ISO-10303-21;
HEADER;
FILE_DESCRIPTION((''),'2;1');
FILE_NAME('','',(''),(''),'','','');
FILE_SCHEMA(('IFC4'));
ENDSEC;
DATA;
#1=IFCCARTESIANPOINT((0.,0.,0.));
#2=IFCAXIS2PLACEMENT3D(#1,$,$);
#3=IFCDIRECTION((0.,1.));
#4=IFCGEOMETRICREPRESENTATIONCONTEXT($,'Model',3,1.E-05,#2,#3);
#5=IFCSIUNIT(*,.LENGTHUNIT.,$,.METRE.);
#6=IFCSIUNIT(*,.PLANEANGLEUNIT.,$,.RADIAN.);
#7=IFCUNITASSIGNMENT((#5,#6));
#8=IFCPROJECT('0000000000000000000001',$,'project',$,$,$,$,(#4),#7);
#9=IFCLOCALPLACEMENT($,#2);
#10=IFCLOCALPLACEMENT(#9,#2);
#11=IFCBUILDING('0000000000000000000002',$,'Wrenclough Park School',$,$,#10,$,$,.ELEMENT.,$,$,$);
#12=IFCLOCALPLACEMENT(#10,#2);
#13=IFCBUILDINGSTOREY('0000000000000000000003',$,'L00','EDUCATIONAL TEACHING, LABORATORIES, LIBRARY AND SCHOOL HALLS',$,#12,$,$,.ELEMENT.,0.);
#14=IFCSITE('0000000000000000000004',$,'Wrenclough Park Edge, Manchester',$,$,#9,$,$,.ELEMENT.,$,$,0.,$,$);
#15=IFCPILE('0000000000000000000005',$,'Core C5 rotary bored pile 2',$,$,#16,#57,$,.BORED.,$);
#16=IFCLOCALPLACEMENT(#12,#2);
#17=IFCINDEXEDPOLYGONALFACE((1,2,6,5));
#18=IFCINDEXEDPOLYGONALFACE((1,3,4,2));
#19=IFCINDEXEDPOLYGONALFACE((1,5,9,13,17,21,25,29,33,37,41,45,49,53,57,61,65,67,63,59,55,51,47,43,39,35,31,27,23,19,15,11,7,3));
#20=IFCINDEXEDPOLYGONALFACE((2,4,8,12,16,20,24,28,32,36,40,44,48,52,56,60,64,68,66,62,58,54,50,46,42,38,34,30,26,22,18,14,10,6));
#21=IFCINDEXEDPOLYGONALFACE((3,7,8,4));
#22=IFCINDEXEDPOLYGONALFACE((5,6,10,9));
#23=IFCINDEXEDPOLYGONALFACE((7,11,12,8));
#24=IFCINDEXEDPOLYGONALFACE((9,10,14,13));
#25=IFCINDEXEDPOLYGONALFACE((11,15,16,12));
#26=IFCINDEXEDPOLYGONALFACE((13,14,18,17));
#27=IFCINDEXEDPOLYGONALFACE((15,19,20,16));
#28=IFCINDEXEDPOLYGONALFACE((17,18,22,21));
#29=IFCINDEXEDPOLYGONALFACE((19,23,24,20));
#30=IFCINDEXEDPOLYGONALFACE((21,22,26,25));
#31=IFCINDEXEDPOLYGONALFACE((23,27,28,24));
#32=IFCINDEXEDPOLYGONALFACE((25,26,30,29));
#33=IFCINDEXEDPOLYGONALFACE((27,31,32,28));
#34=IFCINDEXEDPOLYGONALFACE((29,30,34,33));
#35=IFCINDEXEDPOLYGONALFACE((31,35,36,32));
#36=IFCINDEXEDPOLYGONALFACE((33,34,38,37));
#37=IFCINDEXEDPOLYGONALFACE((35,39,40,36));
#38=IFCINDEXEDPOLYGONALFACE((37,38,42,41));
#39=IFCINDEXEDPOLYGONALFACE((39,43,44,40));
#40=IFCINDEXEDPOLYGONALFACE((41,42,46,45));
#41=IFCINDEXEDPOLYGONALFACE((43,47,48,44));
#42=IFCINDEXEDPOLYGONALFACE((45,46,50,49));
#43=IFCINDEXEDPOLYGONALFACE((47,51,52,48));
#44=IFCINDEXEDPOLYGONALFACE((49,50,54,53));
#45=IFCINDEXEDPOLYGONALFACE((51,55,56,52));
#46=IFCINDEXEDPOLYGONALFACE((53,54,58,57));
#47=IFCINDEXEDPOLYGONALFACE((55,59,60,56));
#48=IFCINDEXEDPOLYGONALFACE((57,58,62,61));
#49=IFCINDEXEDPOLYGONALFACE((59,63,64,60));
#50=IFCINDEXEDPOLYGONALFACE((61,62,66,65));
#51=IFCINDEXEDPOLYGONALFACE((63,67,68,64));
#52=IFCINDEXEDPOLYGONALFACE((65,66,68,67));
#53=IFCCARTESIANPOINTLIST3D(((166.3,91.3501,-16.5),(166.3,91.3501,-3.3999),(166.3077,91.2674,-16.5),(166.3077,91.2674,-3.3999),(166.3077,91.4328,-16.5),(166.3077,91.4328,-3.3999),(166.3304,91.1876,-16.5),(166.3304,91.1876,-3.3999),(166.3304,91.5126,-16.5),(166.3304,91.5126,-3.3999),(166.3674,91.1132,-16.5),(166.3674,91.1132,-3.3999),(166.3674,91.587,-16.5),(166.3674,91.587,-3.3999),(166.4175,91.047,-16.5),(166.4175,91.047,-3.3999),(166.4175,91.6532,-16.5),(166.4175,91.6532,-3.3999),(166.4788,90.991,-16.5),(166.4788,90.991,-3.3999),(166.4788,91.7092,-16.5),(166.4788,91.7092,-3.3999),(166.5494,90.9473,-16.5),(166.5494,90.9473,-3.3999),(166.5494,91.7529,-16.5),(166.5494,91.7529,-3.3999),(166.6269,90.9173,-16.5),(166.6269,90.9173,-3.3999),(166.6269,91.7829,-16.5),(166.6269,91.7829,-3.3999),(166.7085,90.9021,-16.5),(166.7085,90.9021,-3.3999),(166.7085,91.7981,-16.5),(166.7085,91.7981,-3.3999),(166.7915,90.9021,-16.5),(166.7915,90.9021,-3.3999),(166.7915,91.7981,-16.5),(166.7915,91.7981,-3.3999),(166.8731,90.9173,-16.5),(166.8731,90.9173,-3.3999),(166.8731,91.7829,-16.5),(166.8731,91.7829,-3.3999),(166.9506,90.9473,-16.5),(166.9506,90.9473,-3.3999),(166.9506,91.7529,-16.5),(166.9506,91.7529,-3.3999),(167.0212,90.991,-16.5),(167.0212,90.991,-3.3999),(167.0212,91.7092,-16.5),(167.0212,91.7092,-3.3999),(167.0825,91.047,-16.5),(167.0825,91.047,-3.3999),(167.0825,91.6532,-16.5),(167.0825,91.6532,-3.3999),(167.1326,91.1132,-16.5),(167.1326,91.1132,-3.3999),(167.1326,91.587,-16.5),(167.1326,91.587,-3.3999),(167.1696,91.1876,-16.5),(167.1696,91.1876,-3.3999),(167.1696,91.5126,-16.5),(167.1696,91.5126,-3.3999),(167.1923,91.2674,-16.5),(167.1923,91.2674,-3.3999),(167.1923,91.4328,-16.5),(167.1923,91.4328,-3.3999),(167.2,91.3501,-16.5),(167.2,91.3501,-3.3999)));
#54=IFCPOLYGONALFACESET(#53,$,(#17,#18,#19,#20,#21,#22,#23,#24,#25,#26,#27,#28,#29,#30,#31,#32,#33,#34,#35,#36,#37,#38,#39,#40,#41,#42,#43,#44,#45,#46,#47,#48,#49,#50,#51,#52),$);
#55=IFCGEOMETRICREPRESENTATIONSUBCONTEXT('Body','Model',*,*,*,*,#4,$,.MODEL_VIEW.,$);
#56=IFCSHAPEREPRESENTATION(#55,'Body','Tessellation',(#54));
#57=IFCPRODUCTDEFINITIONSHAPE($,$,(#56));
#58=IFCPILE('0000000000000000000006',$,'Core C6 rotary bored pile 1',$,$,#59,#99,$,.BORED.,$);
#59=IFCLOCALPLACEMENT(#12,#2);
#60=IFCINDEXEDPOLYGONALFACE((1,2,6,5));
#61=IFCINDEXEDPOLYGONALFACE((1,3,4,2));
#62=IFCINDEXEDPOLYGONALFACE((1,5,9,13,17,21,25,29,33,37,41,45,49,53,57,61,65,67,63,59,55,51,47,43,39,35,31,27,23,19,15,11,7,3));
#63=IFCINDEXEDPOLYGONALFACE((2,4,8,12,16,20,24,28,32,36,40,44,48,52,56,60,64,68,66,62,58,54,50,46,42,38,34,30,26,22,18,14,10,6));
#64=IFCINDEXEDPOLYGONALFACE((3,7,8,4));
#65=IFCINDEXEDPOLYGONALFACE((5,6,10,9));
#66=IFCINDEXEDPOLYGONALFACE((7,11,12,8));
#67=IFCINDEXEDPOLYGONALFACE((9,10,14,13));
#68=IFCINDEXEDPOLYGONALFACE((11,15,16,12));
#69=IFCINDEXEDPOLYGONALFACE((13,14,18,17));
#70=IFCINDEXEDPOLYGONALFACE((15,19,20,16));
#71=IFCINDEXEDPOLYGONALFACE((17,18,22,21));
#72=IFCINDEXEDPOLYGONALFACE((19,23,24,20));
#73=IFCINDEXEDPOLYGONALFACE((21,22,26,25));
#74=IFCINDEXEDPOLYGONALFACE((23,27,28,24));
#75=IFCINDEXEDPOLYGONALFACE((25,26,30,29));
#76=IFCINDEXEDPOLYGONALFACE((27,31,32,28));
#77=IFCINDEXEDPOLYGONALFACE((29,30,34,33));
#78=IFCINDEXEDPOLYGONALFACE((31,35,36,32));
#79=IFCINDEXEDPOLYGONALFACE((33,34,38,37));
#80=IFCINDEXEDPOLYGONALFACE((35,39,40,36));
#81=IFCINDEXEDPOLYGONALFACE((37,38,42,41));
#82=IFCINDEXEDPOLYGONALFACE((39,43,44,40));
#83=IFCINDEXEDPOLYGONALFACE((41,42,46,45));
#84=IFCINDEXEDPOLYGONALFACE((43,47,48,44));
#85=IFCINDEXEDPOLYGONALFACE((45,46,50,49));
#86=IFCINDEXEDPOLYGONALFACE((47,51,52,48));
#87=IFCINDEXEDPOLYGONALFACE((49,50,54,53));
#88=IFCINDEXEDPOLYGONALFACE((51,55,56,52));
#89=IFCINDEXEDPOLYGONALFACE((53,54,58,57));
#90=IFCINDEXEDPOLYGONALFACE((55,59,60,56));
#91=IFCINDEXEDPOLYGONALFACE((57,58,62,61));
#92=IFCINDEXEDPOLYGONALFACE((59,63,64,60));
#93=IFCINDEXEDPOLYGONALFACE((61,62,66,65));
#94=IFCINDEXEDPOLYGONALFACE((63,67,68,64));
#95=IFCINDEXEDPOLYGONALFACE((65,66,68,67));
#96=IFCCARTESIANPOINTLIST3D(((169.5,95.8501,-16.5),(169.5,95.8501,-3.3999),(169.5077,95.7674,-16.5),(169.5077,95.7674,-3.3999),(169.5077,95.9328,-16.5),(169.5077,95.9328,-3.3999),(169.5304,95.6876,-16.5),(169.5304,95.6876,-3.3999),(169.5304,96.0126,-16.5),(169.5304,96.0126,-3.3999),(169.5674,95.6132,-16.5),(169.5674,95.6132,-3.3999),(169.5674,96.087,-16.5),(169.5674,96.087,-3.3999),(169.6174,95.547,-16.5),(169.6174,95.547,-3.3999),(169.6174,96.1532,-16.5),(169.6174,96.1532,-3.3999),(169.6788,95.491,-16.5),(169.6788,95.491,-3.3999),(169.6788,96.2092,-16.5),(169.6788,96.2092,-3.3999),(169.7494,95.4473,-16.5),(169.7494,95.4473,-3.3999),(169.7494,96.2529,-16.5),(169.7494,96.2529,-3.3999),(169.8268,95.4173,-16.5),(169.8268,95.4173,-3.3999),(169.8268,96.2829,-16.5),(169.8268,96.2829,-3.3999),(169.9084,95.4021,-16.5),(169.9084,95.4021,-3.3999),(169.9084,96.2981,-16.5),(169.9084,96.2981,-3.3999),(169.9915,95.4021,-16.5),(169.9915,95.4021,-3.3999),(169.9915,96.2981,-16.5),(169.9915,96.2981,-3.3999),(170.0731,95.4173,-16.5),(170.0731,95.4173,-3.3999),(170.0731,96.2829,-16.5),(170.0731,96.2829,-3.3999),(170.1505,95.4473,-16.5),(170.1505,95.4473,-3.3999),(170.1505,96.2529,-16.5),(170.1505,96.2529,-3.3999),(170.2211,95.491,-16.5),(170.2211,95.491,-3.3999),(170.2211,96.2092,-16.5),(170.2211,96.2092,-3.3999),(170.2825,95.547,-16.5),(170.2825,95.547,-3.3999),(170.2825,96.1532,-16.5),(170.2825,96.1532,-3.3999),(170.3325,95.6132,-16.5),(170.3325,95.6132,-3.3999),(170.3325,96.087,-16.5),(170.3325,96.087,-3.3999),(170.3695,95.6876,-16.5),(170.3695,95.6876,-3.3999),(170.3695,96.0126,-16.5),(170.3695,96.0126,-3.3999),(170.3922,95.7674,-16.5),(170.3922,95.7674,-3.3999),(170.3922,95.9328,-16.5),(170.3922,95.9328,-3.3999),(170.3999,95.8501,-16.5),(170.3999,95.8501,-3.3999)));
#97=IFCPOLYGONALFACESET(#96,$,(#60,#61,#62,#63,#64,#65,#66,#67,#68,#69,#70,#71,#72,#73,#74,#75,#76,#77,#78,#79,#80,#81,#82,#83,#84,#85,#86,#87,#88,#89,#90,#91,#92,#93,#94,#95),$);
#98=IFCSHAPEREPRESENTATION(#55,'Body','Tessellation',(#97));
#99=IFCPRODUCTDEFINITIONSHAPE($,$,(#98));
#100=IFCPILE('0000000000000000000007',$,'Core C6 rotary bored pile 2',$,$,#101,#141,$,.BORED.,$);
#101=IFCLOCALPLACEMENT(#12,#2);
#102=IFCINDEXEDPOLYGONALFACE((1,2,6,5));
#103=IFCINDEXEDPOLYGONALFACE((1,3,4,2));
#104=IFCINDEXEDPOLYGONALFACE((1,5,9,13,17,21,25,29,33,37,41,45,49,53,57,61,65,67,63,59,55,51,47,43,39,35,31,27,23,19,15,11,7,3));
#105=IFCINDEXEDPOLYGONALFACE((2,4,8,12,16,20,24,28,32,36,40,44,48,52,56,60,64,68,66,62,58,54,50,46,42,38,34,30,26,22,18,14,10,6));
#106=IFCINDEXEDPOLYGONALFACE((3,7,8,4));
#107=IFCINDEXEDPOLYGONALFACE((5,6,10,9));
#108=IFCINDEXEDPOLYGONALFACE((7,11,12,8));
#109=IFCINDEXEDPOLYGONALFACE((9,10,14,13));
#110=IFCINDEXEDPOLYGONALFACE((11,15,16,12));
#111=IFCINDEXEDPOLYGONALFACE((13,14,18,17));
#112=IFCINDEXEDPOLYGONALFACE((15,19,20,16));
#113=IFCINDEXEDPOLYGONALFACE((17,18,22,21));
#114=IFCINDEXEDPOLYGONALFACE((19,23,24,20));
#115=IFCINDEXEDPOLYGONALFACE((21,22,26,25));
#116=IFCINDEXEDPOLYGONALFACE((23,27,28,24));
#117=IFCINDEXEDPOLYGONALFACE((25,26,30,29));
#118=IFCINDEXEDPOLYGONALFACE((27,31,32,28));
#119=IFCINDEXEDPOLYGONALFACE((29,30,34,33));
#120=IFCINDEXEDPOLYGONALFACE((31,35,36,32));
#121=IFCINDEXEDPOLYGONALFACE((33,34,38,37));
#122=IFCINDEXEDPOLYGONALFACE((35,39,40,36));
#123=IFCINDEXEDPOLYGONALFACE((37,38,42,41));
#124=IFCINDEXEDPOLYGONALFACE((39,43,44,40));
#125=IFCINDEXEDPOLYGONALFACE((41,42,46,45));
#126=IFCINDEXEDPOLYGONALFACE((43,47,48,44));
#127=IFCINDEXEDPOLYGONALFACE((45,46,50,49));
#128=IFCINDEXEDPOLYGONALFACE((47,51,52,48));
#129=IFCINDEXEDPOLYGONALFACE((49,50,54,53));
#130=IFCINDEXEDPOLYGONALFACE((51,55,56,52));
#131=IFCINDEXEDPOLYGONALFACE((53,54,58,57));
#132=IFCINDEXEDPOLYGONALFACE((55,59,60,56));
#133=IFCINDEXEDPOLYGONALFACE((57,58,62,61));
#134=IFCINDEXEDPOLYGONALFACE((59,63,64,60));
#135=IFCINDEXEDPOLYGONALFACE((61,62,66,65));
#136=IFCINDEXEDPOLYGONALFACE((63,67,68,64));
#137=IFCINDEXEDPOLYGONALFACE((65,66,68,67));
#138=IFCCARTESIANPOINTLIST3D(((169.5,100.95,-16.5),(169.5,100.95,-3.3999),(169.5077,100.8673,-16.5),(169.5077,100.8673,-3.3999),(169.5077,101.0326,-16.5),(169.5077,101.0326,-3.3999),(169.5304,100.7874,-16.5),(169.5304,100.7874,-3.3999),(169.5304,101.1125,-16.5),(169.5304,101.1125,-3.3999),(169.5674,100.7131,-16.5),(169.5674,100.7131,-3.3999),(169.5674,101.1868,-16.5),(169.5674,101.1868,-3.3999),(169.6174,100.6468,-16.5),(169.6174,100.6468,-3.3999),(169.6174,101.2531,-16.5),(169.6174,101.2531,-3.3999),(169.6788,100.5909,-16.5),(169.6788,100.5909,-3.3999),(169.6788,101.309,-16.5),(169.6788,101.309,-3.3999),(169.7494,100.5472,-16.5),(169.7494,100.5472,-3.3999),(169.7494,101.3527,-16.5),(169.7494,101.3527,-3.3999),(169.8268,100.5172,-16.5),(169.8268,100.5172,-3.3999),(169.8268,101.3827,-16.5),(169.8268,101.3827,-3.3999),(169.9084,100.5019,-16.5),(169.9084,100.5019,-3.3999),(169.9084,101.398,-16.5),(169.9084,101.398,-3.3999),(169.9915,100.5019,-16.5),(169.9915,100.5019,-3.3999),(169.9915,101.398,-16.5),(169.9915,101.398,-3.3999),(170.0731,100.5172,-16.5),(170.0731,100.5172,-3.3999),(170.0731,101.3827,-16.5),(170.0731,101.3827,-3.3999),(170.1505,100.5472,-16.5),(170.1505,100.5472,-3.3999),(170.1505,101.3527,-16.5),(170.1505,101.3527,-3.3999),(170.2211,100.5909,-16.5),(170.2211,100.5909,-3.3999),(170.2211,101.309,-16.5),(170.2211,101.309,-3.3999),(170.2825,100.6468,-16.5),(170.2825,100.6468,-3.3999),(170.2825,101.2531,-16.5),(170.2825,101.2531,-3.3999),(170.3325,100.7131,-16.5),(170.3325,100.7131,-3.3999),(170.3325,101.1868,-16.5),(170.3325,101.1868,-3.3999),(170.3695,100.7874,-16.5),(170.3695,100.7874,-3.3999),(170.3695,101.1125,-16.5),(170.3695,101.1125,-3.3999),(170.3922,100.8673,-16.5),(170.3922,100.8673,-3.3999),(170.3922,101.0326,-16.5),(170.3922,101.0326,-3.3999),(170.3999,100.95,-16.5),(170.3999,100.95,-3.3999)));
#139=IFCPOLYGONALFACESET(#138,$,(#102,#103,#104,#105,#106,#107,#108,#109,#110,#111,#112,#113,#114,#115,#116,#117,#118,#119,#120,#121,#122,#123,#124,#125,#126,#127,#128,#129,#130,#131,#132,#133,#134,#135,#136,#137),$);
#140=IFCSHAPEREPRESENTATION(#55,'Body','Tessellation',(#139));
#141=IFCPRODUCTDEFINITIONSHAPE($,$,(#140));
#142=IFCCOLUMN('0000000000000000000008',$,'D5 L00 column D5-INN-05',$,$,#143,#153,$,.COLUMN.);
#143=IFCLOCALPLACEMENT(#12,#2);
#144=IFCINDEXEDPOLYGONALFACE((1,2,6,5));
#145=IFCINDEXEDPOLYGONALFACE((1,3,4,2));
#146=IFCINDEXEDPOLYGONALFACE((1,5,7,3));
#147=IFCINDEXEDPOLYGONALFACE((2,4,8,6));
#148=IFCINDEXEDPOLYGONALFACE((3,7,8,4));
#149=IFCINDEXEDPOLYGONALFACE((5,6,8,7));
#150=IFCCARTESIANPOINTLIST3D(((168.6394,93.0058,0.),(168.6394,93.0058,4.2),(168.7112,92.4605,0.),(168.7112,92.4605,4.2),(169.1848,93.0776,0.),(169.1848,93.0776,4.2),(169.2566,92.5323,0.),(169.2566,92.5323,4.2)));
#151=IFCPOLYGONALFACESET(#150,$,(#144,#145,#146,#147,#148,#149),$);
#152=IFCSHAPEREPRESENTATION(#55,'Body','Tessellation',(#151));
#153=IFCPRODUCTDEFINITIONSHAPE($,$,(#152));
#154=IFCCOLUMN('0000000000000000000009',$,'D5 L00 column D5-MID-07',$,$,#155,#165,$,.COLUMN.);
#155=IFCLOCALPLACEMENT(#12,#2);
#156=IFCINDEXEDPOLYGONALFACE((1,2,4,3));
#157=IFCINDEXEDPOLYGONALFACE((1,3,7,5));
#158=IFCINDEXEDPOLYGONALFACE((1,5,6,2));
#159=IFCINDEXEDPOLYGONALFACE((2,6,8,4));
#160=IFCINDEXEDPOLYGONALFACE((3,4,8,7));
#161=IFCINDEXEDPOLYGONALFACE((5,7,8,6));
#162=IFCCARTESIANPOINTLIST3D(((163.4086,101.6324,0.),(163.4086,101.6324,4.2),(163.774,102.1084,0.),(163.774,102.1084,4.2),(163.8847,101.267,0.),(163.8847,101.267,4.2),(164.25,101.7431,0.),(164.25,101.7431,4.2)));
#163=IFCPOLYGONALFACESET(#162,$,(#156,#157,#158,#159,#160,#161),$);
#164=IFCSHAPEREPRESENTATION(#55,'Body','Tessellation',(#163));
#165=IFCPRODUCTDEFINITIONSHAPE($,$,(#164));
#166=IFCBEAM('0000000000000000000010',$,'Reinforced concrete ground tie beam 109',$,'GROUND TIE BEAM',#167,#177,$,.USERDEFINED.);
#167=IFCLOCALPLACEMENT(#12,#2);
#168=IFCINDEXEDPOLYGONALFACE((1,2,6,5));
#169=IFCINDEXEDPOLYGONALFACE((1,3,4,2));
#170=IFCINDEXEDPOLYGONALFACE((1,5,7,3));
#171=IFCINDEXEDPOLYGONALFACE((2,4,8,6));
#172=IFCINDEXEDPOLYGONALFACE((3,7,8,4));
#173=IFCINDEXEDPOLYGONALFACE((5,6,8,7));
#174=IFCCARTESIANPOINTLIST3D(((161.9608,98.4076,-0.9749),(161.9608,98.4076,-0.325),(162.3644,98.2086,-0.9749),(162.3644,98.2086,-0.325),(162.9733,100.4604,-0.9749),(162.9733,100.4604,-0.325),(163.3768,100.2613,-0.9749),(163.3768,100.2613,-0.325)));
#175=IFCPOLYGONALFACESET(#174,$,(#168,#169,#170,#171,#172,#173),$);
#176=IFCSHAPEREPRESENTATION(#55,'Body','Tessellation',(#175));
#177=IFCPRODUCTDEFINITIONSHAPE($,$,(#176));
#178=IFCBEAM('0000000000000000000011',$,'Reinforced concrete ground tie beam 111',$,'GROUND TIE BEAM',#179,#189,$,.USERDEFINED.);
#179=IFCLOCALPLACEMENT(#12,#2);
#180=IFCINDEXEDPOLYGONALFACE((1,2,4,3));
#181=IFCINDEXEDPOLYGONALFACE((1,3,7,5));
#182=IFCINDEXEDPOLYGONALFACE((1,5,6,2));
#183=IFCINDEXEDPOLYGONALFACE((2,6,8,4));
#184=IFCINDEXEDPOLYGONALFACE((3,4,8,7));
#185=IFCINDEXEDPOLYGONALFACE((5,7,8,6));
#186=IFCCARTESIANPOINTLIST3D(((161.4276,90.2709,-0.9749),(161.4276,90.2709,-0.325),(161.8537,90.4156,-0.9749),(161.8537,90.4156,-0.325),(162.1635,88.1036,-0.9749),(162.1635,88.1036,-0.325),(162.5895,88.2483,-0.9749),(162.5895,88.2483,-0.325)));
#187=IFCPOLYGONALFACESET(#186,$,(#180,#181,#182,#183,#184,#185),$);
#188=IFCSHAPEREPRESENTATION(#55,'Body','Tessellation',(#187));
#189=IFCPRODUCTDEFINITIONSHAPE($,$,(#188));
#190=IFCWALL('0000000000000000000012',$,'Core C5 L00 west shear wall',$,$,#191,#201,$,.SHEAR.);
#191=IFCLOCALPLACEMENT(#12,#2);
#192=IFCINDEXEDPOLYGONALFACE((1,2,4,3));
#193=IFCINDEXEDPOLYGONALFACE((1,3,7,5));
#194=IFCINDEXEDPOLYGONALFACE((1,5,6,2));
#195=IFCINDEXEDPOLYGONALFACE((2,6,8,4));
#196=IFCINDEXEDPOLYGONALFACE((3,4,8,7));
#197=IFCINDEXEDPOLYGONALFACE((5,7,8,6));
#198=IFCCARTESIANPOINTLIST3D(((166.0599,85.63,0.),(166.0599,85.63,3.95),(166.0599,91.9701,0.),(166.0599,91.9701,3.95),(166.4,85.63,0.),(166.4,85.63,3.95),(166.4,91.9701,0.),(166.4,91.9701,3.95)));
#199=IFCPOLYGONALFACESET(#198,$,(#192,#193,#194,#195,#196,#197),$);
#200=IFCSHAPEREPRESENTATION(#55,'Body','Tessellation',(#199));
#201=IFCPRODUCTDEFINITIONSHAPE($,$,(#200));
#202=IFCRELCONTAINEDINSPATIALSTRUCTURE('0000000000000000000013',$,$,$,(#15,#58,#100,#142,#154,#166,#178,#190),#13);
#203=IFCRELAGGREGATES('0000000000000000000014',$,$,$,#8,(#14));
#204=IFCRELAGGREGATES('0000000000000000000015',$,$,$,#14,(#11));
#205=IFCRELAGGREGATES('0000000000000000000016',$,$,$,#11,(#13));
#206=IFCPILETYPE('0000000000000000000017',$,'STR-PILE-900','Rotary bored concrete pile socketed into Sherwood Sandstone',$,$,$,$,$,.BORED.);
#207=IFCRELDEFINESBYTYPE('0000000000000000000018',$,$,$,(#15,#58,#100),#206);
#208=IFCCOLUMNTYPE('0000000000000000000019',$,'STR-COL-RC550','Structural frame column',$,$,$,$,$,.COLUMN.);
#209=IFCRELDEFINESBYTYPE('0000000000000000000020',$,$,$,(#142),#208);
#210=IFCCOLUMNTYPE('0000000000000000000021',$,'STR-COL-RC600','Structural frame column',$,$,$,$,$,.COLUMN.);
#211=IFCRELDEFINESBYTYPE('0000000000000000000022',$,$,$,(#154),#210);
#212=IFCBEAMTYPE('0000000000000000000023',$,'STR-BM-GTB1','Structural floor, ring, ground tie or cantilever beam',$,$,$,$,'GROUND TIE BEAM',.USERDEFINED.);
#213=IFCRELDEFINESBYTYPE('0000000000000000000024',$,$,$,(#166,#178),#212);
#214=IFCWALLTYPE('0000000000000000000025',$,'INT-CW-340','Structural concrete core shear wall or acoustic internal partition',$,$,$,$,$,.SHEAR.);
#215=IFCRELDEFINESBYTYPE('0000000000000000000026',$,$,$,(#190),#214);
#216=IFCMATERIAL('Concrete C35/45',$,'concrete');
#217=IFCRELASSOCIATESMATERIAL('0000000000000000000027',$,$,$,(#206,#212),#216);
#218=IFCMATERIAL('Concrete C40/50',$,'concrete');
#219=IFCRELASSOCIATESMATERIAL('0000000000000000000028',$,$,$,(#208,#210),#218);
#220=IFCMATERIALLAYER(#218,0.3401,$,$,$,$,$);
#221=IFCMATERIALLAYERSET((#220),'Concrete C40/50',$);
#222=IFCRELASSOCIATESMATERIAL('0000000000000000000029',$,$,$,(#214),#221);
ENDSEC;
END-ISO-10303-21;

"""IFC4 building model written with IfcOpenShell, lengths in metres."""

from ifc_helpers import new_model, si_unit, direction, frame, frame_2d, origin, origin_2d, place, context, subcontext, project, spatial, rectangle, circle, extrude, material, layer, layer_set, material_profile, profile_set, type_object, element, save


model = new_model("IFC4")

# Units and contexts
model_context = context("Model", 3, precision=1e-05, world=origin(), true_north=direction((0.0, 1.0)))
body_context = subcontext(model_context, "Body", "Model", "MODEL_VIEW")
ifc_project = project(units=[si_unit("LENGTHUNIT", "METRE"), si_unit("PLANEANGLEUNIT", "RADIAN")], contexts=[model_context])

# Site, building, storey
site_placement = place(None, origin())
site = spatial("IfcSite", under=ifc_project, at=site_placement, Name="Wrenclough Park Edge, Manchester", CompositionType="ELEMENT", RefElevation=0.0)
building_placement = place(site_placement, origin())
building = spatial("IfcBuilding", under=site, at=building_placement, Name="Wrenclough Park School", CompositionType="ELEMENT")
storey_placement = place(building_placement, origin())
storey = spatial("IfcBuildingStorey", under=building, at=storey_placement, Name="L00", Description="EDUCATIONAL TEACHING, LABORATORIES, LIBRARY AND SCHOOL HALLS", CompositionType="ELEMENT", Elevation=0.0)

# Shared definitions
ifc_material_1 = material(Name="Concrete C35/45", Category="concrete")

# Piles
ifc_material_profile_1 = material_profile(ifc_material_1, circle(Radius=0.45, at=origin_2d()), Name="BORED PILE D900")
ifc_profile_set_1 = profile_set([ifc_material_profile_1], Name="Concrete C35/45")
pile_type_1 = type_object("IfcPileType", Name="STR-PILE-900", Description="Rotary bored concrete pile socketed into Sherwood Sandstone", PredefinedType="BORED", material=ifc_profile_set_1)
for number, where, z_axis, x_axis, name in (
    (1, (166.75, 91.3501, -3.3999), (0.0, 0.0, -1.0), (1.0, 0.0, 0.0), "Core C5 rotary bored pile 2"),
    (2, (169.95, 95.8501, -3.3999), (0.0, 0.0, -1.0), (1.0, 0.0, 0.0), "Core C6 rotary bored pile 1"),
    (3, (169.95, 100.95, -3.3999), (0.0, 0.0, -1.0), (1.0, 0.0, 0.0), "Core C6 rotary bored pile 2"),
):
    element("IfcPile", number, at=place(storey_placement, frame(where, z_axis=z_axis, x_axis=x_axis)), inside=storey, type_object=pile_type_1, Name=name, PredefinedType="BORED", context=body_context, shape_type="SweptSolid", body=[
        extrude(circle(Radius=0.45, at=origin_2d()), origin(), (0.0, 0.0, 1.0), 13.1001),
    ])

# Columns
ifc_material_2 = material(Name="Concrete C40/50", Category="concrete")
ifc_material_profile_2 = material_profile(ifc_material_2, rectangle(XDim=0.55, YDim=0.55, at=origin_2d()), Name="RC COL 550x550")
ifc_profile_set_2 = profile_set([ifc_material_profile_2], Name="Concrete C40/50")
column_type_1 = type_object("IfcColumnType", Name="STR-COL-RC550", Description="Structural frame column", PredefinedType="COLUMN", material=ifc_profile_set_2)
column_1_placement = place(storey_placement, frame((168.948, 92.769, 0.0), z_axis=(0.0, 0.0, 1.0), x_axis=(-0.991445, -0.130526, 0.0)))
element("IfcColumn", 4, at=column_1_placement, inside=storey, type_object=column_type_1, Name="D5 L00 column D5-INN-05", PredefinedType="COLUMN", context=body_context, shape_type="SweptSolid", body=[
    extrude(rectangle(XDim=0.55, YDim=0.55, at=origin_2d()), origin(), (0.0, 0.0, 1.0), 4.2),
])
ifc_material_profile_3 = material_profile(ifc_material_2, rectangle(XDim=0.6001, YDim=0.6001, at=origin_2d()), Name="RC COL 600x600")
ifc_profile_set_3 = profile_set([ifc_material_profile_3], Name="Concrete C40/50")
column_type_2 = type_object("IfcColumnType", Name="STR-COL-RC600", Description="Structural frame column", PredefinedType="COLUMN", material=ifc_profile_set_3)
column_2_placement = place(storey_placement, frame((163.8293, 101.6877, 0.0), z_axis=(0.0, 0.0, 1.0), x_axis=(-0.608761, -0.793353, 0.0)))
element("IfcColumn", 5, at=column_2_placement, inside=storey, type_object=column_type_2, Name="D5 L00 column D5-MID-07", PredefinedType="COLUMN", context=body_context, shape_type="SweptSolid", body=[
    extrude(rectangle(XDim=0.6001, YDim=0.6001, at=origin_2d()), origin(), (0.0, 0.0, 1.0), 4.2),
])

# Beams
ifc_material_profile_4 = material_profile(ifc_material_1, rectangle(XDim=0.45, YDim=0.6499, at=origin_2d()), Name="RC GROUND 450x650")
ifc_profile_set_4 = profile_set([ifc_material_profile_4], Name="Concrete C35/45")
beam_type = type_object("IfcBeamType", Name="STR-BM-GTB1", Description="Structural floor, ring, ground tie or cantilever beam", ElementType="GROUND TIE BEAM", PredefinedType="USERDEFINED", material=ifc_profile_set_4)
for number, where, z_axis, x_axis, name in (
    (6, (163.175, 100.3608, -0.6499), (-0.442343, -0.896846, 0.0), (0.896846, -0.442343, 0.0), "Reinforced concrete ground tie beam 109"),
    (7, (161.6406, 90.3433, -0.6499), (0.321503, -0.946909, 0.0), (0.946909, 0.321503, 0.0), "Reinforced concrete ground tie beam 111"),
):
    element("IfcBeam", number, at=place(storey_placement, frame(where, z_axis=z_axis, x_axis=x_axis)), inside=storey, type_object=beam_type, Name=name, ObjectType="GROUND TIE BEAM", PredefinedType="USERDEFINED", context=body_context, shape_type="SweptSolid", body=[
        extrude(rectangle(XDim=0.45, YDim=0.6499, at=origin_2d()), origin(), (0.0, 0.0, 1.0), 2.2888),
    ])

# Wall
ifc_layer_1 = layer(ifc_material_2, 0.3401)
ifc_layer_set_1 = layer_set([ifc_layer_1], Name="Concrete C40/50")
wall_type_1 = type_object("IfcWallType", Name="INT-CW-340", Description="Structural concrete core shear wall or acoustic internal partition", PredefinedType="SHEAR", material=ifc_layer_set_1)
wall_1_placement = place(storey_placement, frame((166.23, 91.97, 0.0), z_axis=(0.0, 0.0, 1.0), x_axis=(0.0, -1.0, 0.0)))
element("IfcWall", 8, at=wall_1_placement, inside=storey, type_object=wall_type_1, Name="Core C5 L00 west shear wall", PredefinedType="SHEAR", context=body_context, shape_type="SweptSolid", body=[
    extrude(rectangle(XDim=6.3401, YDim=0.3401, at=frame_2d((3.1699, 0.0))), origin(), (0.0, 0.0, 1.0), 3.95),
])

save(model, "model.ifc")
